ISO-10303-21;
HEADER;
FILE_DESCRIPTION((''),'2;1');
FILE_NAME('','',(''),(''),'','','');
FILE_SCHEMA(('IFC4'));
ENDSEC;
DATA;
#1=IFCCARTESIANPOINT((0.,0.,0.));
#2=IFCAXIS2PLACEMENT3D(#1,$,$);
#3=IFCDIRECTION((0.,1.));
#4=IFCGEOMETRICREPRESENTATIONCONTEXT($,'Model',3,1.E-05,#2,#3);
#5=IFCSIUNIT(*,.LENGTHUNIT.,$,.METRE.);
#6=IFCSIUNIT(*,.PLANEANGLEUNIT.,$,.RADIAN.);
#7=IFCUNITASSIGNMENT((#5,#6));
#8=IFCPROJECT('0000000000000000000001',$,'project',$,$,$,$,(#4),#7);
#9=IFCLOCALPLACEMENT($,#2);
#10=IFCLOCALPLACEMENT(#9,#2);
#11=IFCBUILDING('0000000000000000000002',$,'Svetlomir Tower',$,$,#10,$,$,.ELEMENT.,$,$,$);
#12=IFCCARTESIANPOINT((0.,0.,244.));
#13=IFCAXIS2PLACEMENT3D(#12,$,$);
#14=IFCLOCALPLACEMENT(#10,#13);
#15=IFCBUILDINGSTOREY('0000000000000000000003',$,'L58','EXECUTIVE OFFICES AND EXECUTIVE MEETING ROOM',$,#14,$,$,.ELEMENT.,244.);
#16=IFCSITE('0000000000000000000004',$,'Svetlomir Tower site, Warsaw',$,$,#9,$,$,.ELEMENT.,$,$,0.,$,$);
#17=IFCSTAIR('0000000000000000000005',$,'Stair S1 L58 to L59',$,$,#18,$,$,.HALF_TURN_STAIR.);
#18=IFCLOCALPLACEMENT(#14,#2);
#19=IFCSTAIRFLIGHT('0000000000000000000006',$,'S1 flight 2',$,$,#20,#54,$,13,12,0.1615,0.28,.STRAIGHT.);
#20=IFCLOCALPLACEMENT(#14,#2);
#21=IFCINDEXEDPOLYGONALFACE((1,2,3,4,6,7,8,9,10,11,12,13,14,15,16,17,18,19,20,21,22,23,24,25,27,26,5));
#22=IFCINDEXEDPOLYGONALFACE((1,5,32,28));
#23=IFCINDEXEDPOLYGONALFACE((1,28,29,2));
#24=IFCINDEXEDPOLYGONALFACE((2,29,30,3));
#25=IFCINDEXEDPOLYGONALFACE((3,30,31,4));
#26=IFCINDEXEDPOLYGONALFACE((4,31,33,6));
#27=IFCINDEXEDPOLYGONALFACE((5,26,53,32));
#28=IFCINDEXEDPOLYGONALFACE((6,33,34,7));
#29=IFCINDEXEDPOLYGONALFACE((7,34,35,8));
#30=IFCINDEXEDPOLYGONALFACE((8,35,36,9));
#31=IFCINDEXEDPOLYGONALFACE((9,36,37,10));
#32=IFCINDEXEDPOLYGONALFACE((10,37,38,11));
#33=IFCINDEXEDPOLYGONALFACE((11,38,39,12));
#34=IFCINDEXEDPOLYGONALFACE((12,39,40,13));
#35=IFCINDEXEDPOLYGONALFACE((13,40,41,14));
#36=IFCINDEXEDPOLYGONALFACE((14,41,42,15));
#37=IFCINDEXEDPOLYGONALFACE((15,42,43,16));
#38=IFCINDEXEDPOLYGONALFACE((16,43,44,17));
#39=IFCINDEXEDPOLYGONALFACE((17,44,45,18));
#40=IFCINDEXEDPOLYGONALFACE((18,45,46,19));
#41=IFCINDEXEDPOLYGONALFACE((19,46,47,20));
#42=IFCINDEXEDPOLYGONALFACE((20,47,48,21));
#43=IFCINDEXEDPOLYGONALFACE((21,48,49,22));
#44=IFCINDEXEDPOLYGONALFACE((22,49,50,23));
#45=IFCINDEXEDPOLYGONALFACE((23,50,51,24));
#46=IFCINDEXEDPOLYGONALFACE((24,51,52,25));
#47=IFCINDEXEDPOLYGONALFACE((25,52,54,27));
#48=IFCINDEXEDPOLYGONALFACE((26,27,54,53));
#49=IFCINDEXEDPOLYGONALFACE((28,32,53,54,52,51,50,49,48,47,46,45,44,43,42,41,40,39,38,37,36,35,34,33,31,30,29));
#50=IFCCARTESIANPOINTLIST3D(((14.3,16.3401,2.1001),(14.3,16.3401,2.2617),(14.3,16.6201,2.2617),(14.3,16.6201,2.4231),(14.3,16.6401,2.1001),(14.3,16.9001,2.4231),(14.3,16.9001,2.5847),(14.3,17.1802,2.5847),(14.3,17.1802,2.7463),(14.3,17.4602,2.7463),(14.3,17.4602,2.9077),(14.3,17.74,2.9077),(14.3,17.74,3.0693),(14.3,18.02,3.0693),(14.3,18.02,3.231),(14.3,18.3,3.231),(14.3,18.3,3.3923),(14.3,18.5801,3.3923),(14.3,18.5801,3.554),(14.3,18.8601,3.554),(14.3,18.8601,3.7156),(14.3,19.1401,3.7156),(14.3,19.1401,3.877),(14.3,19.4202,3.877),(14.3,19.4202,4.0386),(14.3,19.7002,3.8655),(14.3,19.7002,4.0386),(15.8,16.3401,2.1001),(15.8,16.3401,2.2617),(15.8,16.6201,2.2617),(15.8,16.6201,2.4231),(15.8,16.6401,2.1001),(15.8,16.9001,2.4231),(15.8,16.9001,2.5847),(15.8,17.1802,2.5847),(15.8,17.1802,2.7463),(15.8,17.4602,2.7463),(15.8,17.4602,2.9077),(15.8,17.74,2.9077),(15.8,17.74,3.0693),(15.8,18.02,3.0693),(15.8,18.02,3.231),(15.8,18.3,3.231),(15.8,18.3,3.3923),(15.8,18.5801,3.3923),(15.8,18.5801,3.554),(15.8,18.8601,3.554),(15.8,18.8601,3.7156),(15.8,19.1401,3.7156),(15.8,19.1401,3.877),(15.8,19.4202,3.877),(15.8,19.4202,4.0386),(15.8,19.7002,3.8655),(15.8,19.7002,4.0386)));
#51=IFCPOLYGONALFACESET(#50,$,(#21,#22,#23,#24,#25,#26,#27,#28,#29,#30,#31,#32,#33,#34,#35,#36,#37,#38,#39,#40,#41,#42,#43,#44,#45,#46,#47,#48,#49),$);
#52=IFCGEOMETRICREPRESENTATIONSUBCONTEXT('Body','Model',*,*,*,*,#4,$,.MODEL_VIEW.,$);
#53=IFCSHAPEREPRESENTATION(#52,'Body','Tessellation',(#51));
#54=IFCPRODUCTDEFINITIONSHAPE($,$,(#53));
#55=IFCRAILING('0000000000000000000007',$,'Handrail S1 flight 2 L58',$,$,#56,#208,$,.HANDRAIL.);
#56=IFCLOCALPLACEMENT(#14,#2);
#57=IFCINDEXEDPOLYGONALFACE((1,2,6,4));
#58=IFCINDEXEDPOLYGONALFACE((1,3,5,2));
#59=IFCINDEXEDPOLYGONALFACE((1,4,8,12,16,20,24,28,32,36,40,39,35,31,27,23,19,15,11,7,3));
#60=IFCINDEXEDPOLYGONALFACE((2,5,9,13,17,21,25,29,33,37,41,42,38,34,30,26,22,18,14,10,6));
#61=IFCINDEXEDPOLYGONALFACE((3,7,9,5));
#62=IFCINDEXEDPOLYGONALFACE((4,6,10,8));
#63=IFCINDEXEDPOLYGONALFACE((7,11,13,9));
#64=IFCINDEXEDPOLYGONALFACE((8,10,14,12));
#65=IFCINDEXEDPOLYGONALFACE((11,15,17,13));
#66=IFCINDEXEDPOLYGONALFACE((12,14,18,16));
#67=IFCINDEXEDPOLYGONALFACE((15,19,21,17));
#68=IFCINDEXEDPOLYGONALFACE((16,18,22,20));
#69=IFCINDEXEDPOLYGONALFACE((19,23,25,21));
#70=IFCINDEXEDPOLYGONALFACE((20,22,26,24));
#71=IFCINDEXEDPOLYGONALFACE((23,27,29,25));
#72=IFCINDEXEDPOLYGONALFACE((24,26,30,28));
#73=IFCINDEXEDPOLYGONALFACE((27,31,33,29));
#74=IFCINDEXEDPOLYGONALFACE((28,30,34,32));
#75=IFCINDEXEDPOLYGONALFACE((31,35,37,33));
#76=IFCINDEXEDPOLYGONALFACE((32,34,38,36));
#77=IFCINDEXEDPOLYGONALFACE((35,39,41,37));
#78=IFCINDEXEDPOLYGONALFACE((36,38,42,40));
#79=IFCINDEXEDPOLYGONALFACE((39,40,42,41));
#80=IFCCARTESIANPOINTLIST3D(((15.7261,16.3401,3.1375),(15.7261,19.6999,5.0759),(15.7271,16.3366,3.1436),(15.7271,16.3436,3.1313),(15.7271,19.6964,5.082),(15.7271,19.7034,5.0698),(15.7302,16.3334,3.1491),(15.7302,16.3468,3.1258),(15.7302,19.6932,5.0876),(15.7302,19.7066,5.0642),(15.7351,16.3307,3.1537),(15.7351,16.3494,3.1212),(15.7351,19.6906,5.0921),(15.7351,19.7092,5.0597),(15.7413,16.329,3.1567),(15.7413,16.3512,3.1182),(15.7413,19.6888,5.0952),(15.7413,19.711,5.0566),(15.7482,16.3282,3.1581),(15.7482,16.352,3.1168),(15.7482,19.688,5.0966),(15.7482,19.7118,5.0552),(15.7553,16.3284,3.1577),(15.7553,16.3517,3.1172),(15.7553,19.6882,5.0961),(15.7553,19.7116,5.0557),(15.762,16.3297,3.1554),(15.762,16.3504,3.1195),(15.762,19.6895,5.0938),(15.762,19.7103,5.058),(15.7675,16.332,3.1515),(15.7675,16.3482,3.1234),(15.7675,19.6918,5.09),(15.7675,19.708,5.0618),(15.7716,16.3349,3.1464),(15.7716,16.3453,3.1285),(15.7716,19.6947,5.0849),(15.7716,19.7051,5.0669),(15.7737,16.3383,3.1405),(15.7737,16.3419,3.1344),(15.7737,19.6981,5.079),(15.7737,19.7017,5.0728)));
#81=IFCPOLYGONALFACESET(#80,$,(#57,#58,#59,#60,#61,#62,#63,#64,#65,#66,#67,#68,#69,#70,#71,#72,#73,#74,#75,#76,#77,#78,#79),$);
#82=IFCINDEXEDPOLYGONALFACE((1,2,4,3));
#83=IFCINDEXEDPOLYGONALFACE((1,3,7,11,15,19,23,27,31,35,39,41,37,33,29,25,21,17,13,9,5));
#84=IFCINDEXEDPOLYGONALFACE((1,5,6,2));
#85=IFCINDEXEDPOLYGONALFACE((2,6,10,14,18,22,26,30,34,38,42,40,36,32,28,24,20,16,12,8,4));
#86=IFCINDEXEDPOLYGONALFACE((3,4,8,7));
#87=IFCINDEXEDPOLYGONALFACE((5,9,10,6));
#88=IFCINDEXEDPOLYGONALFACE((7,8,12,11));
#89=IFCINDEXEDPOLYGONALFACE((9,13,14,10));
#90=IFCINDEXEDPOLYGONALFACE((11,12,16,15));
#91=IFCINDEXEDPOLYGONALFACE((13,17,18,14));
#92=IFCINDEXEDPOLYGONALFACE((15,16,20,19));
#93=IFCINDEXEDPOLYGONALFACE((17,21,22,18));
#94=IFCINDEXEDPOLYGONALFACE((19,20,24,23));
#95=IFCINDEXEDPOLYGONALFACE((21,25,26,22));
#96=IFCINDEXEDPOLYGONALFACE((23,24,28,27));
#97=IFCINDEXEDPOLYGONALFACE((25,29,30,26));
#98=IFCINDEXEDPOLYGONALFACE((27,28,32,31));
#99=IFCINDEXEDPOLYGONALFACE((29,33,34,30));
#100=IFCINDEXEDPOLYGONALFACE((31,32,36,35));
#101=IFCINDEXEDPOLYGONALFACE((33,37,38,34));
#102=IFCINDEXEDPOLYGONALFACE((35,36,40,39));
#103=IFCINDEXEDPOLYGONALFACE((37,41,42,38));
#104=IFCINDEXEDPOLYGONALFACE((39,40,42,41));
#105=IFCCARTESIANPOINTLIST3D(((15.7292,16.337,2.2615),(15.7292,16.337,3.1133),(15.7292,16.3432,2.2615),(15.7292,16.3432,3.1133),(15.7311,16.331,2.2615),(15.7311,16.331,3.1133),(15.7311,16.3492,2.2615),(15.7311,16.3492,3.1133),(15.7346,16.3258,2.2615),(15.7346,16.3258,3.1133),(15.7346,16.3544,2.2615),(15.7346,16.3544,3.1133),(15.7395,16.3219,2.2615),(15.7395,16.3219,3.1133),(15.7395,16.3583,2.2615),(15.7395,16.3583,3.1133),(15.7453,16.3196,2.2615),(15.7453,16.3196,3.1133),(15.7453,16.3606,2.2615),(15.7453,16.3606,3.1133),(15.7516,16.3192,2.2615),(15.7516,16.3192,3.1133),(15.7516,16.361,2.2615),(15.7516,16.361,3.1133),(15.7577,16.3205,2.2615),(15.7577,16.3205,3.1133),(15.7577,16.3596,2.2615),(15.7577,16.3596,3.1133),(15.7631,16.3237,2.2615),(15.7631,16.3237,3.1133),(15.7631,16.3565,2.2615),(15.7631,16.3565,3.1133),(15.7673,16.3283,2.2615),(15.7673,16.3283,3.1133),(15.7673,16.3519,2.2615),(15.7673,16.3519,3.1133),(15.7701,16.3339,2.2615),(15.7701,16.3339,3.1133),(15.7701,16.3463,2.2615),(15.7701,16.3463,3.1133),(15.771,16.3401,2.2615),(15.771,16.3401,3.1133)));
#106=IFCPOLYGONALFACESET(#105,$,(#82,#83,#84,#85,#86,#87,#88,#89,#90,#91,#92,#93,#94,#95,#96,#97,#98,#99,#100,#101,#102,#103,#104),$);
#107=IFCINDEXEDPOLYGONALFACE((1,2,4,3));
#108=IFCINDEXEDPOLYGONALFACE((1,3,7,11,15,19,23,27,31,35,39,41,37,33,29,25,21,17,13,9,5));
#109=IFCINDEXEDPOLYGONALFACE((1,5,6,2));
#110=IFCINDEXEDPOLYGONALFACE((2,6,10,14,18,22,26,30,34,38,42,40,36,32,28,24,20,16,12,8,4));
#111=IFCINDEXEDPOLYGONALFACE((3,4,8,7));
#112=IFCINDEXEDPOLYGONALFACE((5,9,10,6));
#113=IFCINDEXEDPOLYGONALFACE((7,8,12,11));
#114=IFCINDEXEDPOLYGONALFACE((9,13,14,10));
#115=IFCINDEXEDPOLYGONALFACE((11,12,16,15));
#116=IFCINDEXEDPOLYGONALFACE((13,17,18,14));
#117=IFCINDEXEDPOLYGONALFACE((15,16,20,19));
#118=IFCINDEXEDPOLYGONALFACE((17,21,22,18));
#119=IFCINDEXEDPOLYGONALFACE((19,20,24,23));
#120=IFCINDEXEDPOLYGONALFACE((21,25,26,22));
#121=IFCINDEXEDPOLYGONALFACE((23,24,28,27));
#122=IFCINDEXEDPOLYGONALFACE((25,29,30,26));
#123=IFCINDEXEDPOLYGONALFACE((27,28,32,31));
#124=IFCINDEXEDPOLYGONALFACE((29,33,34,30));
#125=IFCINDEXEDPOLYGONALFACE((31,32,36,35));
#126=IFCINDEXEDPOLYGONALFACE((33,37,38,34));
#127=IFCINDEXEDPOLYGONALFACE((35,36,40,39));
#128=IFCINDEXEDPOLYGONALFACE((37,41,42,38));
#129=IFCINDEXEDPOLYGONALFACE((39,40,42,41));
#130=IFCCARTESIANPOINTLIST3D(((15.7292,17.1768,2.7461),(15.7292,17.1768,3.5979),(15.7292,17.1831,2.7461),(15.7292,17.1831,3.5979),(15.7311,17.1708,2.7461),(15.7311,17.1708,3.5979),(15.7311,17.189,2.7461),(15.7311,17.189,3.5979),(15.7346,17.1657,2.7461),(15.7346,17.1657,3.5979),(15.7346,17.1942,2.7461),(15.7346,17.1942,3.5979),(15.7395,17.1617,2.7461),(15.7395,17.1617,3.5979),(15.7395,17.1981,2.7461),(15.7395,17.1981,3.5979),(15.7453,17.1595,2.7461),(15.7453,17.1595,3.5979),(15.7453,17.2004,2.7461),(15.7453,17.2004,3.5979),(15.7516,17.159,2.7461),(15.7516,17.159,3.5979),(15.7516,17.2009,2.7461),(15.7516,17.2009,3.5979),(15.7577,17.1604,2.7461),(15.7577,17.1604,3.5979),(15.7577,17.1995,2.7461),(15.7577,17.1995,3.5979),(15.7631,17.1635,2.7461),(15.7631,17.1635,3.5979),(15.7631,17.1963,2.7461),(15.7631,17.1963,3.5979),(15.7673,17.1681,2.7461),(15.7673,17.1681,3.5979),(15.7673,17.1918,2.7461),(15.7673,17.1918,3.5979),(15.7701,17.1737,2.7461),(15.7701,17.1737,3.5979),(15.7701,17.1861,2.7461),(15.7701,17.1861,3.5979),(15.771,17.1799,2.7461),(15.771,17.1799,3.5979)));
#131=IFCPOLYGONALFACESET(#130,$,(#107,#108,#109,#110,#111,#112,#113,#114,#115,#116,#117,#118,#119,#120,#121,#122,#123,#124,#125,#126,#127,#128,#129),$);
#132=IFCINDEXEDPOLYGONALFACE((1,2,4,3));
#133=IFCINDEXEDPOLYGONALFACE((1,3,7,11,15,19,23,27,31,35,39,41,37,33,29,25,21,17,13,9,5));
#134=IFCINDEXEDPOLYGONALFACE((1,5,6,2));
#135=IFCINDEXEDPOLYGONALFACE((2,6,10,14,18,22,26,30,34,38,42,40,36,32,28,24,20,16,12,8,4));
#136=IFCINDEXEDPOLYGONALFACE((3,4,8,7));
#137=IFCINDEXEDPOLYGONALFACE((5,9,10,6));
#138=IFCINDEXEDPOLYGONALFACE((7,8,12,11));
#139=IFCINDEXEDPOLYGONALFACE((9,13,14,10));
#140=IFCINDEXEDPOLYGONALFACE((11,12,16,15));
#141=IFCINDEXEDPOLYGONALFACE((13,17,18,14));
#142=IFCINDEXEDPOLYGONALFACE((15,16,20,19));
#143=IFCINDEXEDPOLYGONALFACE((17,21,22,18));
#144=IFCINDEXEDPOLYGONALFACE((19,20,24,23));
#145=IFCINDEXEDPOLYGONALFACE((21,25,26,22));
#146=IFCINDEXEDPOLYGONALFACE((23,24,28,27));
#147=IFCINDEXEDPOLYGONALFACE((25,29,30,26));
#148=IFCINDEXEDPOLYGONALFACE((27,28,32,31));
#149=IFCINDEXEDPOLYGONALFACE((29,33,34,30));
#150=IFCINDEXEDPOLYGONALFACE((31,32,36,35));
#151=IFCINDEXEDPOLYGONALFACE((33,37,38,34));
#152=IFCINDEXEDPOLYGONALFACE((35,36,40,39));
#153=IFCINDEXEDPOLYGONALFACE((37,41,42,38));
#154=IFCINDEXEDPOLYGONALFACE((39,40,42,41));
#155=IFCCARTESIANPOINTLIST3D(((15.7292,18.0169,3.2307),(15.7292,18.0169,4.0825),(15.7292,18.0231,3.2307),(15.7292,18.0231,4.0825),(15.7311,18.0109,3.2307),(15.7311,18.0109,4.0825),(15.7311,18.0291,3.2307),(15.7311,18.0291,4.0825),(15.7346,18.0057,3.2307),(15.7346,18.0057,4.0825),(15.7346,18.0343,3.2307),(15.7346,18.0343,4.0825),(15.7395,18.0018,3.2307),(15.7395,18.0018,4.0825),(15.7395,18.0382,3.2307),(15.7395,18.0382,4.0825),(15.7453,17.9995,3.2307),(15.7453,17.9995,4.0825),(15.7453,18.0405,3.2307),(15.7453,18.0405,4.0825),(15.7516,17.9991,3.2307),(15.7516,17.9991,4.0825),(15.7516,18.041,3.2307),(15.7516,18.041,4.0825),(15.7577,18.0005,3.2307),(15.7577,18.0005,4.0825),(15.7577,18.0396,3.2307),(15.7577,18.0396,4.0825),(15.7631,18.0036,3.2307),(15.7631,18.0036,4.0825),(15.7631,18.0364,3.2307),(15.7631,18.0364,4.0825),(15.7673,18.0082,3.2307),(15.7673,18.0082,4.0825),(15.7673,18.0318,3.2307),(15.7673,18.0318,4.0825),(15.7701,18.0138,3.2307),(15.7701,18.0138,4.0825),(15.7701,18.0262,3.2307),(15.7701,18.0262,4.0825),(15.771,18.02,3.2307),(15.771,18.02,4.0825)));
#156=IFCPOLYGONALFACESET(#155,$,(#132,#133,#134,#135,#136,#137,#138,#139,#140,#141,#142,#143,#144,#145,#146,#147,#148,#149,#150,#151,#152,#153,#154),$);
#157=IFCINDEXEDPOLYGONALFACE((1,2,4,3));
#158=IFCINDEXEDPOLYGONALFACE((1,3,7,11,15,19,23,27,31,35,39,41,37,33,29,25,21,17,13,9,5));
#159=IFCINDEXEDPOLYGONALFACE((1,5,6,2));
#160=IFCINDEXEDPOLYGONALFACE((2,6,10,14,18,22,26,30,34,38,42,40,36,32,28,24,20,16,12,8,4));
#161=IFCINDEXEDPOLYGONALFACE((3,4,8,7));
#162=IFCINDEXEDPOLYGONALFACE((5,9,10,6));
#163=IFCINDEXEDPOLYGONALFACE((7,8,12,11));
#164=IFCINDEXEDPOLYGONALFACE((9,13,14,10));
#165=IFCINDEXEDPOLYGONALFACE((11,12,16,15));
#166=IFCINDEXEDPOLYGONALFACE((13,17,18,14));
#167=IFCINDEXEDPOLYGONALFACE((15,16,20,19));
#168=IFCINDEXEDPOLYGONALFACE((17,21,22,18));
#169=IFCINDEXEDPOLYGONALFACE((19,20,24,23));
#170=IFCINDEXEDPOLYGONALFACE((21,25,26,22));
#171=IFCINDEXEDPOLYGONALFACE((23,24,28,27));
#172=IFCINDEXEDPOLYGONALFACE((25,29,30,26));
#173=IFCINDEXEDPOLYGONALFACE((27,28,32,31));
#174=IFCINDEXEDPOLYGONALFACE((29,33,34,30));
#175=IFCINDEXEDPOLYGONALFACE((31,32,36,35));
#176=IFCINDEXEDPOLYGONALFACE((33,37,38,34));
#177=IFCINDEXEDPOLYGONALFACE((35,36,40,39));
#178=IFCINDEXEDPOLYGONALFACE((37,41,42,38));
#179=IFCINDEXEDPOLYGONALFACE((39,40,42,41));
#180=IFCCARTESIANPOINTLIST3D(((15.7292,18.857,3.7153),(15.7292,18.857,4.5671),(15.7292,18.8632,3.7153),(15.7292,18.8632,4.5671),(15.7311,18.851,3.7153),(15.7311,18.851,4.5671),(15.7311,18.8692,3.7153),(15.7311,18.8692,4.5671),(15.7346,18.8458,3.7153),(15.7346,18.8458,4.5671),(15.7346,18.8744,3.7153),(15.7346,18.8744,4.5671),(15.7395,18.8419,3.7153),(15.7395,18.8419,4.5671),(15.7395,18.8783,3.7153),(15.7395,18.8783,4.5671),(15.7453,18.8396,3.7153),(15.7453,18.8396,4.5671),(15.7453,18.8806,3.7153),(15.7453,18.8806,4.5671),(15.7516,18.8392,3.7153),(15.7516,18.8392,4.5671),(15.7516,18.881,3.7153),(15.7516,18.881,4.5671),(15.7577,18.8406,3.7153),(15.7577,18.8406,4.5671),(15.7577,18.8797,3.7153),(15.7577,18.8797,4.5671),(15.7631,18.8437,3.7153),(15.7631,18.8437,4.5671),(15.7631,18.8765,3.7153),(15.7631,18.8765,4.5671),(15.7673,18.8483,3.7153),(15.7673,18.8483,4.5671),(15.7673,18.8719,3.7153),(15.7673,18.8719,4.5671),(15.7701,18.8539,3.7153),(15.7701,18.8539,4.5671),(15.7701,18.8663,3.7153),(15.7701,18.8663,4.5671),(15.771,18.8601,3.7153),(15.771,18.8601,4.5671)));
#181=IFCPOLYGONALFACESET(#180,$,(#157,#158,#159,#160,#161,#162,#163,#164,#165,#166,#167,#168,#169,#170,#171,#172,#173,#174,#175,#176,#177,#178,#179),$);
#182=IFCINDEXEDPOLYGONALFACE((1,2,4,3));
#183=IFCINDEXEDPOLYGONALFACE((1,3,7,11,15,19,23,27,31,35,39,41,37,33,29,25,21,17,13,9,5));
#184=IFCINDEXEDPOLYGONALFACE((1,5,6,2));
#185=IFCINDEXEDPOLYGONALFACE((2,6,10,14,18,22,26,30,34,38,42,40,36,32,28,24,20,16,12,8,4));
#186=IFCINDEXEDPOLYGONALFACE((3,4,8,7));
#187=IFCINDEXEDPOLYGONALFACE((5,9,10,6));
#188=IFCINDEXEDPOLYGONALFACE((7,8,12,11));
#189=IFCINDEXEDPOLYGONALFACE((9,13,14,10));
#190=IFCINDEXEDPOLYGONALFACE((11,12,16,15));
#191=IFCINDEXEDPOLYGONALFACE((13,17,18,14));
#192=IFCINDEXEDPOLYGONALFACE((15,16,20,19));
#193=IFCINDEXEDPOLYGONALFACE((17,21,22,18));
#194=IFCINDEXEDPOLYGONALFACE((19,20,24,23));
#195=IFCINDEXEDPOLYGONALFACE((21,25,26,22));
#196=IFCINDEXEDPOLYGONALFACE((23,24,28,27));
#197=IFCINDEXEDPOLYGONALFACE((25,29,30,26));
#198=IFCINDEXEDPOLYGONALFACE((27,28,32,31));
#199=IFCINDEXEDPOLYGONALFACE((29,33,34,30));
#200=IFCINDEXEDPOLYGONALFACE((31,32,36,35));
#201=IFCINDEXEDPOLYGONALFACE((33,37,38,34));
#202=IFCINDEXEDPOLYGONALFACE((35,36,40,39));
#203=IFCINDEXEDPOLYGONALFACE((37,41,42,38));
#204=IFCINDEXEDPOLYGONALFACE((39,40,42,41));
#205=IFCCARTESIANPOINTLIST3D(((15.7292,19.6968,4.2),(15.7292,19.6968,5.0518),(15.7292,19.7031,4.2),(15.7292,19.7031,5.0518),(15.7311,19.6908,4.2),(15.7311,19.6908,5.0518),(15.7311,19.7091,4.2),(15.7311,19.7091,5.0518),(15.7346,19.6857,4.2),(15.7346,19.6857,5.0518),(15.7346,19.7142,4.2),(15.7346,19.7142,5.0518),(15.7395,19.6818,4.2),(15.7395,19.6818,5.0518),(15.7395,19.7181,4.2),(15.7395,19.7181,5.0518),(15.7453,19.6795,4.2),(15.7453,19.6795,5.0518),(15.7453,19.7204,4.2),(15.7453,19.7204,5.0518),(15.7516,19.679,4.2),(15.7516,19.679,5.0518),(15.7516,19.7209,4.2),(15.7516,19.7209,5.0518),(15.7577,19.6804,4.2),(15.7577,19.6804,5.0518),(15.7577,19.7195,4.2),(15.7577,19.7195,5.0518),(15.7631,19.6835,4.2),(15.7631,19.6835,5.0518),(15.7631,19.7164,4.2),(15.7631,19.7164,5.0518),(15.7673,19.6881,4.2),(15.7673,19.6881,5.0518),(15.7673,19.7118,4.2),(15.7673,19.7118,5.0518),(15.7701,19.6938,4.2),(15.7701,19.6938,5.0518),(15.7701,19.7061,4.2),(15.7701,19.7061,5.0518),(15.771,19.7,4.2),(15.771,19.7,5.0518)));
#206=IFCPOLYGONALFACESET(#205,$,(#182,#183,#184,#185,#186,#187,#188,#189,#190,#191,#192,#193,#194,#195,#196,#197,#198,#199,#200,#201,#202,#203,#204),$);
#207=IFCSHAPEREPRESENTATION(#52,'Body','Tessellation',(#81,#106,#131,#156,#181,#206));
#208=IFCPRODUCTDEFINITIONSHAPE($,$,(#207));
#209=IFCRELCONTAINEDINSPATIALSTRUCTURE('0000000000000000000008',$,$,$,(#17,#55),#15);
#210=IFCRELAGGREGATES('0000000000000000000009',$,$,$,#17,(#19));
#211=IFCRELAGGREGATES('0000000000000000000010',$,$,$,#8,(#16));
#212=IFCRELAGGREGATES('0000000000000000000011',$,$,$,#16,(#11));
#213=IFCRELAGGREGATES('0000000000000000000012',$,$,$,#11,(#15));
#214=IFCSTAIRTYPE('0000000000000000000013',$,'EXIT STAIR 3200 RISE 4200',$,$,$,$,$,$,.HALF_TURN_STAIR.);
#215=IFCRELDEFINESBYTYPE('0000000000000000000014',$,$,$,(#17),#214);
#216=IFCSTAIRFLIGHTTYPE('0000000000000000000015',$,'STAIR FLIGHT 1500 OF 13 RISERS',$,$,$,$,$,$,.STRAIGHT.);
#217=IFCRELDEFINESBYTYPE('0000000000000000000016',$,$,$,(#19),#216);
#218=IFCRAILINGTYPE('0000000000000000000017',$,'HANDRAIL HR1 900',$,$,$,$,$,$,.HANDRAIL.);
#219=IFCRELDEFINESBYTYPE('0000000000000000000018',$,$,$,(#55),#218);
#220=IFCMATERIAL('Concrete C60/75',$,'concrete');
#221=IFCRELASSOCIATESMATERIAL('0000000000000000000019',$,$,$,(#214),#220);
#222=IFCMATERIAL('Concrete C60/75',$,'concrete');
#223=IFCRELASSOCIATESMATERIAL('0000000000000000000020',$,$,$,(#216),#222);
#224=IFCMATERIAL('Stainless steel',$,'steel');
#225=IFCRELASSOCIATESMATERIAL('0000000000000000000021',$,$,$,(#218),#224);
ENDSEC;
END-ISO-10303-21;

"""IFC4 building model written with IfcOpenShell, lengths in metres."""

from ifc_helpers import new_model, si_unit, direction, frame, origin, origin_2d, place, context, subcontext, project, spatial, polyline, circle, outline, extrude, material, type_object, element, aggregate, save


model = new_model("IFC4")

# Units and contexts
model_context = context("Model", 3, precision=1e-05, world=origin(), true_north=direction((0.0, 1.0)))
body_context = subcontext(model_context, "Body", "Model", "MODEL_VIEW")
ifc_project = project(units=[si_unit("LENGTHUNIT", "METRE"), si_unit("PLANEANGLEUNIT", "RADIAN")], contexts=[model_context])

# Site, building, storey
site_placement = place(None, origin())
site = spatial("IfcSite", under=ifc_project, at=site_placement, Name="Svetlomir Tower site, Warsaw", CompositionType="ELEMENT", RefElevation=0.0)
building_placement = place(site_placement, origin())
building = spatial("IfcBuilding", under=site, at=building_placement, Name="Svetlomir Tower", CompositionType="ELEMENT")
storey_placement = place(building_placement, frame((0.0, 0.0, 244.0)))
storey = spatial("IfcBuildingStorey", under=building, at=storey_placement, Name="L58", Description="EXECUTIVE OFFICES AND EXECUTIVE MEETING ROOM", CompositionType="ELEMENT", Elevation=244.0)

# Stair, stair flight
ifc_material_1 = material(Name="Concrete C60/75", Category="concrete")
stair_type = type_object("IfcStairType", Name="EXIT STAIR 3200 RISE 4200", PredefinedType="HALF_TURN_STAIR", material=ifc_material_1)
stair_placement = place(storey_placement, origin())
stair = element("IfcStair", 1, at=stair_placement, inside=storey, type_object=stair_type, Name="Stair S1 L58 to L59", PredefinedType="HALF_TURN_STAIR")
ifc_material_2 = material(Name="Concrete C60/75", Category="concrete")
stair_flight_type = type_object("IfcStairFlightType", Name="STAIR FLIGHT 1500 OF 13 RISERS", PredefinedType="STRAIGHT", material=ifc_material_2)
stair_flight_placement = place(storey_placement, frame((15.05, 16.3401, 2.1001), z_axis=(0.0, 0.0, 1.0), x_axis=(0.0, 1.0, 0.0)))
stair_flight = element("IfcStairFlight", 2, at=stair_flight_placement, type_object=stair_flight_type, Name="S1 flight 2", NumberOfRisers=13, NumberOfTreads=12, PredefinedType="STRAIGHT", RiserHeight=0.1615, TreadLength=0.28, context=body_context, shape_type="SweptSolid", body=[
    extrude(outline(polyline([(0.0, 0.0), (0.0, 0.1616), (0.28, 0.1616), (0.28, 0.323), (0.5601, 0.323), (0.5601, 0.4846), (0.8401, 0.4846), (0.8401, 0.6462), (1.1201, 0.6462), (1.1201, 0.8076), (1.3999, 0.8076), (1.3999, 0.9692), (1.6799, 0.9692), (1.6799, 1.1309), (1.96, 1.1309), (1.96, 1.2922), (2.24, 1.2922), (2.24, 1.4539), (2.52, 1.4539), (2.52, 1.6155), (2.8, 1.6155), (2.8, 1.7769), (3.0801, 1.7769), (3.0801, 1.9385), (3.3601, 1.9385), (3.3601, 2.1001), (3.3601, 1.7654), (0.3, 0.0), (0.0, 0.0)])), frame((0.0, 0.75, 0.0), z_axis=(0.0, -1.0, 0.0), x_axis=(1.0, 0.0, 0.0)), (0.0, 0.0, 1.0), 1.5),
])
aggregate(stair, [stair_flight])

# Railing
ifc_material_3 = material(Name="Stainless steel", Category="steel")
railing_type = type_object("IfcRailingType", Name="HANDRAIL HR1 900", PredefinedType="HANDRAIL", material=ifc_material_3)
railing_placement = place(storey_placement, frame((15.75, 16.3401, 2.2615)))
element("IfcRailing", 3, at=railing_placement, inside=storey, type_object=railing_type, Name="Handrail S1 flight 2 L58", PredefinedType="HANDRAIL", context=body_context, shape_type="SweptSolid", body=[
    extrude(circle(Radius=0.0239, at=origin_2d()), frame((0.0, 0.0, 0.876), z_axis=(0.0, 0.866175, 0.499741), x_axis=(-1.0, 0.0, 0.0)), (0.0, 0.0, 1.0), 3.8789),
    extrude(circle(Radius=0.021, at=origin_2d()), origin(), (0.0, 0.0, 1.0), 0.8518),
    extrude(circle(Radius=0.021, at=origin_2d()), frame((0.0, 0.8398, 0.4846)), (0.0, 0.0, 1.0), 0.8518),
    extrude(circle(Radius=0.021, at=origin_2d()), frame((0.0, 1.6799, 0.9692)), (0.0, 0.0, 1.0), 0.8518),
    extrude(circle(Radius=0.021, at=origin_2d()), frame((0.0, 2.52, 1.4539)), (0.0, 0.0, 1.0), 0.8518),
    extrude(circle(Radius=0.021, at=origin_2d()), frame((0.0, 3.3599, 1.9385)), (0.0, 0.0, 1.0), 0.8518),
])

save(model, "model.ifc")
